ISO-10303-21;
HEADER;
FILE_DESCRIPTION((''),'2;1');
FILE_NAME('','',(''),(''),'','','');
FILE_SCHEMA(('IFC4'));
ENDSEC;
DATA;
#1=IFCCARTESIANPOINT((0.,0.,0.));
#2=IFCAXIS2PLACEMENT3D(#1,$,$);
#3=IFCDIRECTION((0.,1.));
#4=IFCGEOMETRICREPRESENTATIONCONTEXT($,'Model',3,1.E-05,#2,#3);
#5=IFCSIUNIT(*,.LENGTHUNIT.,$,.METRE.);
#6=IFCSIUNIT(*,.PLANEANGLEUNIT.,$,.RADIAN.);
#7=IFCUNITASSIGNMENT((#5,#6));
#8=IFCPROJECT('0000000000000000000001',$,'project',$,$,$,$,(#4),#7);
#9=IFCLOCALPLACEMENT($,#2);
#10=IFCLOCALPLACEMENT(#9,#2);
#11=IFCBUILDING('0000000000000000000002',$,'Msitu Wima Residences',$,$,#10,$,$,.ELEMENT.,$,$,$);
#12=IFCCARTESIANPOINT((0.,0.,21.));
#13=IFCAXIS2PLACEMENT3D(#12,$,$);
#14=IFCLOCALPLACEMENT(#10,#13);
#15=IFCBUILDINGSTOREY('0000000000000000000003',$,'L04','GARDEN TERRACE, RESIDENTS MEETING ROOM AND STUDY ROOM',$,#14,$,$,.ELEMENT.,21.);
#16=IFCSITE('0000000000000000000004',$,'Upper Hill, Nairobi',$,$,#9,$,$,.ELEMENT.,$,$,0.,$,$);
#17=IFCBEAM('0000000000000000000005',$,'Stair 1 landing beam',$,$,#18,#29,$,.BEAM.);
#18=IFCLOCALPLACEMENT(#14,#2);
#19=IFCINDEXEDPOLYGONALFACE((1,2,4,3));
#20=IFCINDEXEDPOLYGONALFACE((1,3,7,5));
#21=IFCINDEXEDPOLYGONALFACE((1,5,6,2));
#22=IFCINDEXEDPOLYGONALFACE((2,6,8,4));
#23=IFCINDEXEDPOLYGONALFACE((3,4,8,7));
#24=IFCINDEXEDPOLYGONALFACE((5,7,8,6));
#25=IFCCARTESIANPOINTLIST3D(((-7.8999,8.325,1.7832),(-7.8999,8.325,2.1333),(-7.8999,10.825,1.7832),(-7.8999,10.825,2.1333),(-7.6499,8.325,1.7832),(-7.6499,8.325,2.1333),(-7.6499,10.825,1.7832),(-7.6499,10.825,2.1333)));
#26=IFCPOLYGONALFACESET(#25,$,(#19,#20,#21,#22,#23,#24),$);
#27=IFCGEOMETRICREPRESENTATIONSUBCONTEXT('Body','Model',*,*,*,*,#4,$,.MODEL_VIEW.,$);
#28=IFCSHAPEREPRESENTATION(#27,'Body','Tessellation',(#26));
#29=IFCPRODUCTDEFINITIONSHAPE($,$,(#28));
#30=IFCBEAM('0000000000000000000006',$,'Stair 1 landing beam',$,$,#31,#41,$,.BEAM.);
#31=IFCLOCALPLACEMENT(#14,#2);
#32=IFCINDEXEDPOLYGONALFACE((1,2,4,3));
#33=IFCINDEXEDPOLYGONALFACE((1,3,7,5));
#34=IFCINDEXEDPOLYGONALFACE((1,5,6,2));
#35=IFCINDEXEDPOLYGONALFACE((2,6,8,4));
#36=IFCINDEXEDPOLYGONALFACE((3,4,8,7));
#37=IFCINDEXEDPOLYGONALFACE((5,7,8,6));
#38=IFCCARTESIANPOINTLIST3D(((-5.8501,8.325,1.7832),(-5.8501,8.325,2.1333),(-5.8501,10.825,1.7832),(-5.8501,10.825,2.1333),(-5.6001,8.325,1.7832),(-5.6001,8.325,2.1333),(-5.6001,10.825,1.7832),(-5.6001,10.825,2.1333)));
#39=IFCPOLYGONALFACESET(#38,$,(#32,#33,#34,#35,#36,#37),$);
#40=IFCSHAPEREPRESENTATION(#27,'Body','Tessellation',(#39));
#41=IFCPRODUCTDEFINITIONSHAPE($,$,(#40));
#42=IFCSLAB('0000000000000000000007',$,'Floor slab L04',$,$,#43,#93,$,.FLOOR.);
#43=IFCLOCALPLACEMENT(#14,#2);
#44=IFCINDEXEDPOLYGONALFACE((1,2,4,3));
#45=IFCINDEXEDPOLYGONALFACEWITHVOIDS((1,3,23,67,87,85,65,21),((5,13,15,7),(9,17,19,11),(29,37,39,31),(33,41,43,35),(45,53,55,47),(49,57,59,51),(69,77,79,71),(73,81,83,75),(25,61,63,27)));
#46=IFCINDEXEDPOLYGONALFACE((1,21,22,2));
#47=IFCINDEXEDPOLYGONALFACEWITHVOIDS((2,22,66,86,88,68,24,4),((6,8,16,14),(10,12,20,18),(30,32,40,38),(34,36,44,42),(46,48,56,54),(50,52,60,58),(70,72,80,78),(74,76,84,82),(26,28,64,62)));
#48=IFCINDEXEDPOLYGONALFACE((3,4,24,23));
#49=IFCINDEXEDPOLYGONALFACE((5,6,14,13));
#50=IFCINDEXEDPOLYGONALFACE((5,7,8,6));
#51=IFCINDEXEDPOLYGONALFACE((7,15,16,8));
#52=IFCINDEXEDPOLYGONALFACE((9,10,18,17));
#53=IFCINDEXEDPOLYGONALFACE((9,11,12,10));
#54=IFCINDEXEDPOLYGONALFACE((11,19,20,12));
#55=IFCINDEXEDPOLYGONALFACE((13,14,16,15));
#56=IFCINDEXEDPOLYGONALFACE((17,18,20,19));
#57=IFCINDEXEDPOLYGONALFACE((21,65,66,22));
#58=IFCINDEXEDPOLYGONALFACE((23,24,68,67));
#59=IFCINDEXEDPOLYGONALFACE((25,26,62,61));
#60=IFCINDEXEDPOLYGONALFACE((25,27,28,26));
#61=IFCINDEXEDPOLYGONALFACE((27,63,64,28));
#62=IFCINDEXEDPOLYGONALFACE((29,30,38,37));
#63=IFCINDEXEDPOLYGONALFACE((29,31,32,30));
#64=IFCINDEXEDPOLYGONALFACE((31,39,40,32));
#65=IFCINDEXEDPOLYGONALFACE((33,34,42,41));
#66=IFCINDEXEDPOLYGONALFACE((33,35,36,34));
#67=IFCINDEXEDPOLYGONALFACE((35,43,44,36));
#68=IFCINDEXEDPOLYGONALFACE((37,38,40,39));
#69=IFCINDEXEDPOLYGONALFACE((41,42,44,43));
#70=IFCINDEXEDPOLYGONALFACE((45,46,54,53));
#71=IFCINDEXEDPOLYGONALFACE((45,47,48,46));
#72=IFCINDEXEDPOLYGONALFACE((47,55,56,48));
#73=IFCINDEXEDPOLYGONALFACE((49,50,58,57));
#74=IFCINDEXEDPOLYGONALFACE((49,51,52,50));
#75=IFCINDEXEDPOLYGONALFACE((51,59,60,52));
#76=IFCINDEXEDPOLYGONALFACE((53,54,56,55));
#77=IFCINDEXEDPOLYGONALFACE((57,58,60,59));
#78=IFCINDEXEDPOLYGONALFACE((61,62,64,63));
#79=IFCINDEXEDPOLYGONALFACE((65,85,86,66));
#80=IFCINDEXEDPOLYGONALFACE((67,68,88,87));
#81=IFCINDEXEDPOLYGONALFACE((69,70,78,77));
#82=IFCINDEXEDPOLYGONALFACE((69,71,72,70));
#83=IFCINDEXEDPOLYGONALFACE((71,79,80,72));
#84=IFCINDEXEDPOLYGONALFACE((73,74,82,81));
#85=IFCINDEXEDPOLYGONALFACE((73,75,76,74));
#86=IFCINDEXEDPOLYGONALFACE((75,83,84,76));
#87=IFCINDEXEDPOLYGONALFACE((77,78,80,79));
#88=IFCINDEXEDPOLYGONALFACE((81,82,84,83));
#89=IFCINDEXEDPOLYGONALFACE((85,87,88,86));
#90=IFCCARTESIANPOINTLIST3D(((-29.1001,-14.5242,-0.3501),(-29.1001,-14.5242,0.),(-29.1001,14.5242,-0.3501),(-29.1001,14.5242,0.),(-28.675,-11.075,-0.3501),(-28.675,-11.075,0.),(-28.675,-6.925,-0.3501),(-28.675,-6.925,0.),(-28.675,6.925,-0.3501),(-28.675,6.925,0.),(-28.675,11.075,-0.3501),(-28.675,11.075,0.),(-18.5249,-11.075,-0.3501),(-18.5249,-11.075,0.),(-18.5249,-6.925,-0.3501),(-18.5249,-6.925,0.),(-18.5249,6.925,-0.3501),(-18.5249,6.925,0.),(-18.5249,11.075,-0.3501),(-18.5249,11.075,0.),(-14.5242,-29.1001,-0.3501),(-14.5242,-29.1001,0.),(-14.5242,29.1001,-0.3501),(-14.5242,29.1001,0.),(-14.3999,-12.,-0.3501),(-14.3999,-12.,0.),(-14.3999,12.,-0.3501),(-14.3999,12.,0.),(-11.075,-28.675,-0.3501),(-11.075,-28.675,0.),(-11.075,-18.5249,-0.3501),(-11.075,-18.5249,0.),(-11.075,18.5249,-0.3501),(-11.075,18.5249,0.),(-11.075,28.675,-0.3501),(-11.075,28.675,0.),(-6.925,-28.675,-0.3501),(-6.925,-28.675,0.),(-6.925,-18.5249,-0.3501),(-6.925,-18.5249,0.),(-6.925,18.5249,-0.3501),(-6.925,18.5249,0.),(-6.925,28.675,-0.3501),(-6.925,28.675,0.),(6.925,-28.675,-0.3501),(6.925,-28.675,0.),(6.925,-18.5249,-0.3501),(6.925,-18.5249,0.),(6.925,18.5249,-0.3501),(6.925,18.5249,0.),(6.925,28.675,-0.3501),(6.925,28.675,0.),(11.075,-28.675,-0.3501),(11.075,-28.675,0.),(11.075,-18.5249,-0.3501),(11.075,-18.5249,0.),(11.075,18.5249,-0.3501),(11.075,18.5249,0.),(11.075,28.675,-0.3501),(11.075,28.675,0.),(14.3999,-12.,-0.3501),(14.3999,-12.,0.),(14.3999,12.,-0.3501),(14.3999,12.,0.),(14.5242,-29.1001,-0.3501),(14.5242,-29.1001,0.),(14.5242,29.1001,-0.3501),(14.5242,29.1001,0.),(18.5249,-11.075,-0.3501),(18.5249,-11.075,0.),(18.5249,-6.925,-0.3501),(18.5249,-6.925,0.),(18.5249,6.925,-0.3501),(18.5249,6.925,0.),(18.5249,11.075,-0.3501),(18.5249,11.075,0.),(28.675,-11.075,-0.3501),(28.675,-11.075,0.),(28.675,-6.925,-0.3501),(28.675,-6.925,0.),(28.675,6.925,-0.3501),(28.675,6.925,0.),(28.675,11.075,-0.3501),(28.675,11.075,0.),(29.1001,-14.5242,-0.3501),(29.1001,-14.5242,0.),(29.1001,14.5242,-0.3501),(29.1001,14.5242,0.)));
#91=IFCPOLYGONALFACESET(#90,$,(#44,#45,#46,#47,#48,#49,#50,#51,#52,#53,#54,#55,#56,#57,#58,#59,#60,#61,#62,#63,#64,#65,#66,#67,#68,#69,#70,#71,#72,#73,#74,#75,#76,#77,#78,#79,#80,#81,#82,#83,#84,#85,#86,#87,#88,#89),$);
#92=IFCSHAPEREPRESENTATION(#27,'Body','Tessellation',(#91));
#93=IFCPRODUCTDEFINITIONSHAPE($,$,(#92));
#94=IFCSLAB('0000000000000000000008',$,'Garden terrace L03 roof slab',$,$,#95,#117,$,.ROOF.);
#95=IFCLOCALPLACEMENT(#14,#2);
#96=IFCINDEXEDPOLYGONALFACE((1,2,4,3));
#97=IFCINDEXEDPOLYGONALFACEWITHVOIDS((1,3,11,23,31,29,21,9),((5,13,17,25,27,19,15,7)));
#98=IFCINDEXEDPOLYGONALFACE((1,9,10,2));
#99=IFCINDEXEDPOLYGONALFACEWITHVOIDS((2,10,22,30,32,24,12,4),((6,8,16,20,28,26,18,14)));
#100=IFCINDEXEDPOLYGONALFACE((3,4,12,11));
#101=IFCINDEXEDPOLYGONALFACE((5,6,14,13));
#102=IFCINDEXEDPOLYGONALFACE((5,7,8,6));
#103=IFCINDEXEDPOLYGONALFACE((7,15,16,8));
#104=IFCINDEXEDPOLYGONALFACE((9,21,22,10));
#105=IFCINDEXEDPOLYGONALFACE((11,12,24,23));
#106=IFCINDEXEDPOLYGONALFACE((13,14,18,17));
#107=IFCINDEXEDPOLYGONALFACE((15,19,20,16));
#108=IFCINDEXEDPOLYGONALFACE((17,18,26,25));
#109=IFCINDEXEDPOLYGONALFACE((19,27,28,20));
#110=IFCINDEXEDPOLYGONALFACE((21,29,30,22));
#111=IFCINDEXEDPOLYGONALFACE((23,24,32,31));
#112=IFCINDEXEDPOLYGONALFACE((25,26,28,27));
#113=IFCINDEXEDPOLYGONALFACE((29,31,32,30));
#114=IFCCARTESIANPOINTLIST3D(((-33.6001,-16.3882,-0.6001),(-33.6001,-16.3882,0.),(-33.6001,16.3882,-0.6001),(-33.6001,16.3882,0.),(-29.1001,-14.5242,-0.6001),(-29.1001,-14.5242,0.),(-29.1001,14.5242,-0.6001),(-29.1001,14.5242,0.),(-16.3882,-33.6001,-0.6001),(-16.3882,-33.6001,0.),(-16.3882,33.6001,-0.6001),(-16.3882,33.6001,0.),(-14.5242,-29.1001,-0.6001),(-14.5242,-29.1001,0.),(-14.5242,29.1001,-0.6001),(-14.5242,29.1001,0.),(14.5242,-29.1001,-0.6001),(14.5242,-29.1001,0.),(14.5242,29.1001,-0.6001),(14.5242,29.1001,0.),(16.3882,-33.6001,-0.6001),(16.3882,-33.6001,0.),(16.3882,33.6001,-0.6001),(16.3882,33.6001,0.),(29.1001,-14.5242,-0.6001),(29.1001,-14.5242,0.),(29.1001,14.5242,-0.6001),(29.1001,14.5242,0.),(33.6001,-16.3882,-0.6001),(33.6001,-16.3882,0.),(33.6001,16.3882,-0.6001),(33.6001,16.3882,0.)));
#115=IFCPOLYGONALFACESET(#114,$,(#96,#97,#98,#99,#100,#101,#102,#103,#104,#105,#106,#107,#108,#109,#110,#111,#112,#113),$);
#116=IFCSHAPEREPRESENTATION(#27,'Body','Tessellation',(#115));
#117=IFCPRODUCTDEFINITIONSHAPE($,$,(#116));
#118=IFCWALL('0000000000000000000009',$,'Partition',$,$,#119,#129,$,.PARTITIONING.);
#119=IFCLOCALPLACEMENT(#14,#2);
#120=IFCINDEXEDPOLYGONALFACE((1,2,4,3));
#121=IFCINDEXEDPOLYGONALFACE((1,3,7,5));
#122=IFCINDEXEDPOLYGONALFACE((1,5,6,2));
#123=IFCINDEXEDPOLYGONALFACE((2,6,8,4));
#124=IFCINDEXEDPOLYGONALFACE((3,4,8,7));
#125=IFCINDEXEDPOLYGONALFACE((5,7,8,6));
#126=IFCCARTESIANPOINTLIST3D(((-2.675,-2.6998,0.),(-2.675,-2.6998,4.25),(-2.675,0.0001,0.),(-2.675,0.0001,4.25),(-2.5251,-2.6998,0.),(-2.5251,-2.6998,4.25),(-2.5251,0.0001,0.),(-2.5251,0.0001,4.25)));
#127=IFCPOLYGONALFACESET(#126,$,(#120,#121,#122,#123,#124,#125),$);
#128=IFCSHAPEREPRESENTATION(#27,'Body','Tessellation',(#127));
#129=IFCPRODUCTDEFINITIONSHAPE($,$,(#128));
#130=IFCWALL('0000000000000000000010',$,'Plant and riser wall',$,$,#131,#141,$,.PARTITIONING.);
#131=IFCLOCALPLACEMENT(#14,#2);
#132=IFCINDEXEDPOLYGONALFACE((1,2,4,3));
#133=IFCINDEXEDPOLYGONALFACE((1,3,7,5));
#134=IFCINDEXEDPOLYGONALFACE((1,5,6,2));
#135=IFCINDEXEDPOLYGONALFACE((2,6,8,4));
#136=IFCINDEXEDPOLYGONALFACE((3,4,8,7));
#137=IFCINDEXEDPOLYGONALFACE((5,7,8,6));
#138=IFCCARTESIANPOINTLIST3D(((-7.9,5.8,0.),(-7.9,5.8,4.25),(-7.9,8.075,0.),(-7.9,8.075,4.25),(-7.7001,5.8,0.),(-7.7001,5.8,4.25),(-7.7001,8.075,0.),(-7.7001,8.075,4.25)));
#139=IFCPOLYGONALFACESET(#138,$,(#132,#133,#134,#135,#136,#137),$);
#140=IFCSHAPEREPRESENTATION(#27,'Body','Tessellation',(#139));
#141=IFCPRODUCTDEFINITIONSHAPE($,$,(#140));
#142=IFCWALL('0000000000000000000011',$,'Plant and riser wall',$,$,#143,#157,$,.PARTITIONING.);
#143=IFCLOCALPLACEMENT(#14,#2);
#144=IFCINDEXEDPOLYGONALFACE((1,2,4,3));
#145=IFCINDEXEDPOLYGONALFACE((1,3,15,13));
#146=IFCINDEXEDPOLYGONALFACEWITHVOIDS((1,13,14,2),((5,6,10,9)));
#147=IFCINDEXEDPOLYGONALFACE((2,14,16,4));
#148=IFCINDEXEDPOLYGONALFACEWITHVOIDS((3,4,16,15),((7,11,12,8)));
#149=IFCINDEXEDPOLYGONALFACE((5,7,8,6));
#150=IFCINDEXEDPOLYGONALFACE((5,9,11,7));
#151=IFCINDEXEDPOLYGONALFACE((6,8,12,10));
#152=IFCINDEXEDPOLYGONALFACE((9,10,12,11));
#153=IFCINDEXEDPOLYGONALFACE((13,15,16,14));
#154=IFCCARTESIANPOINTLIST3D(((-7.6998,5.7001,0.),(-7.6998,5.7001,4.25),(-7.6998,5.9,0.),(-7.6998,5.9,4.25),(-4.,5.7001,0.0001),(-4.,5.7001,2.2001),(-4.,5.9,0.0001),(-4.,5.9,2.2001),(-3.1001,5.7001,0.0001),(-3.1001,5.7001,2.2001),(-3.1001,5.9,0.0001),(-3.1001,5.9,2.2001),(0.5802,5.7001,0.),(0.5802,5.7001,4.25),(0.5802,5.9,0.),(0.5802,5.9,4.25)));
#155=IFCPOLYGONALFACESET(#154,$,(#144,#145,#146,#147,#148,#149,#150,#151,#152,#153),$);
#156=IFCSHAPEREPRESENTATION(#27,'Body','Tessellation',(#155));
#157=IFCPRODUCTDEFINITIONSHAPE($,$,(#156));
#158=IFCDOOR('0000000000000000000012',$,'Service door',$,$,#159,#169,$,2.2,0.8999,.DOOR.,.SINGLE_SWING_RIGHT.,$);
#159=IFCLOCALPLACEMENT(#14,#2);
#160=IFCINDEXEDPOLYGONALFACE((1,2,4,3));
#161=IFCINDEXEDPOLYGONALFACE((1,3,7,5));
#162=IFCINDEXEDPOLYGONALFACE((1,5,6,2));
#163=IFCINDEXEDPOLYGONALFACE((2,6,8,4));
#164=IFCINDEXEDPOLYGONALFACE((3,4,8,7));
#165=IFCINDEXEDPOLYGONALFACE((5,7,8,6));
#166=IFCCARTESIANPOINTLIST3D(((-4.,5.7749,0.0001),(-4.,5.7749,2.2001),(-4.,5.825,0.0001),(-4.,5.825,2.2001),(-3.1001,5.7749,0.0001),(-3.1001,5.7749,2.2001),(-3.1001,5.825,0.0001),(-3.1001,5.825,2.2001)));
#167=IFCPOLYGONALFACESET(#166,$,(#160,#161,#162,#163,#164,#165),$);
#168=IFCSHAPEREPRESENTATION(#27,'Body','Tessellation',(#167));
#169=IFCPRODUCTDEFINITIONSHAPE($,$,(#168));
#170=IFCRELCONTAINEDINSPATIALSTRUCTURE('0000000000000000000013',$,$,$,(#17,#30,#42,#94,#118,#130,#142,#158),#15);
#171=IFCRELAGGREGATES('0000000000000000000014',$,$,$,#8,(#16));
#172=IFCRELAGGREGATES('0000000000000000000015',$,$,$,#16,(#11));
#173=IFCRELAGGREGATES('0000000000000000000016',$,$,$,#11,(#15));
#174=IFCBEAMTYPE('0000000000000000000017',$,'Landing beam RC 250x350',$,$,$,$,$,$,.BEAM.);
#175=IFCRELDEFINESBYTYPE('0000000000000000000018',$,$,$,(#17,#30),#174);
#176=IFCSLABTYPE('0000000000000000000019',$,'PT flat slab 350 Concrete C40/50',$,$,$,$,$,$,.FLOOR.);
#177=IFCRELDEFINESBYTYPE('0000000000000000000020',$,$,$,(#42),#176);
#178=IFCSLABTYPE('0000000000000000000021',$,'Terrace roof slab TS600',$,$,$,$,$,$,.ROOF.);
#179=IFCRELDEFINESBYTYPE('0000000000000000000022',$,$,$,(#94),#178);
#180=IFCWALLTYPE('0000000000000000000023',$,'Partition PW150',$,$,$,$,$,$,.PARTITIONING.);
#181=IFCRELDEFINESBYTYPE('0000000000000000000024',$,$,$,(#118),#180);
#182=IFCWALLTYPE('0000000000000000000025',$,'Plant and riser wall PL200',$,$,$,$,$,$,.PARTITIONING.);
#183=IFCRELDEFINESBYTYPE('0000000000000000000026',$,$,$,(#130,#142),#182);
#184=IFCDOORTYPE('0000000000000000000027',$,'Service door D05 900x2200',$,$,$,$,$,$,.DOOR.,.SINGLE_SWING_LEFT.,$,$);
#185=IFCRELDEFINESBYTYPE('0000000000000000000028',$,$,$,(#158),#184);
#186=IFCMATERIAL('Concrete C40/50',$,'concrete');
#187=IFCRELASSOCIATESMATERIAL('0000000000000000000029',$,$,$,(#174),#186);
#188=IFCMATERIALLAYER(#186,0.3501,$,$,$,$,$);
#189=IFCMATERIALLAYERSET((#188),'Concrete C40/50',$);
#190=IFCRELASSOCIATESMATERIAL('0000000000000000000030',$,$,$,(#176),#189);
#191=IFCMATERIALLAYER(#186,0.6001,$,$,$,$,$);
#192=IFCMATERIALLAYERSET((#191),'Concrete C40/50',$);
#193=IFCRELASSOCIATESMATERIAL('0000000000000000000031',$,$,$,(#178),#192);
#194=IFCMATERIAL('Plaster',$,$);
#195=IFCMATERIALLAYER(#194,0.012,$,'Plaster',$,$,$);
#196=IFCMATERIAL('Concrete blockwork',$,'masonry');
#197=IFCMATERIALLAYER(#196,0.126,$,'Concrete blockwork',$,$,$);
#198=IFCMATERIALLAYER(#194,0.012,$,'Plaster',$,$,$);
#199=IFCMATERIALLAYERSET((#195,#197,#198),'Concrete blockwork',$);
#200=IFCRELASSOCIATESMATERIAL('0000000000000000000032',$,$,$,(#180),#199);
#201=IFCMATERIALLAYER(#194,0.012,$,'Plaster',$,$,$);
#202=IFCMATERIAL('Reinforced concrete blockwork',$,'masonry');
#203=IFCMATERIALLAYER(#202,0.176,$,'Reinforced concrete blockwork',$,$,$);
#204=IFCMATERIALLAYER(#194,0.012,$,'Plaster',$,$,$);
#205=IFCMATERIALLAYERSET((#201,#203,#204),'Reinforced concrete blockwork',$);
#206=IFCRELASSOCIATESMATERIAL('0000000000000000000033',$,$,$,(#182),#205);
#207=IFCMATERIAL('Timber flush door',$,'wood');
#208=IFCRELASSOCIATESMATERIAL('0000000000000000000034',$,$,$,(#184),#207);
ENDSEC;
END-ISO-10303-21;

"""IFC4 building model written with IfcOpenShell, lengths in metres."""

from ifc_helpers import new_model, si_unit, direction, frame, frame_2d, origin, origin_2d, place, context, subcontext, project, spatial, polyline, rectangle, outline, extrude, material, layer, layer_set, material_profile, profile_set, type_object, element, fill, save


model = new_model("IFC4")

# Units and contexts
model_context = context("Model", 3, precision=1e-05, world=origin(), true_north=direction((0.0, 1.0)))
body_context = subcontext(model_context, "Body", "Model", "MODEL_VIEW")
ifc_project = project(units=[si_unit("LENGTHUNIT", "METRE"), si_unit("PLANEANGLEUNIT", "RADIAN")], contexts=[model_context])

# Site, building, storey
site_placement = place(None, origin())
site = spatial("IfcSite", under=ifc_project, at=site_placement, Name="Upper Hill, Nairobi", CompositionType="ELEMENT", RefElevation=0.0)
building_placement = place(site_placement, origin())
building = spatial("IfcBuilding", under=site, at=building_placement, Name="Msitu Wima Residences", CompositionType="ELEMENT")
storey_placement = place(building_placement, frame((0.0, 0.0, 21.0)))
storey = spatial("IfcBuildingStorey", under=building, at=storey_placement, Name="L04", Description="GARDEN TERRACE, RESIDENTS MEETING ROOM AND STUDY ROOM", CompositionType="ELEMENT", Elevation=21.0)

# Beams
ifc_material_1 = material(Name="Concrete C40/50", Category="concrete")
ifc_material_profile = material_profile(ifc_material_1, rectangle(XDim=0.25, YDim=0.3501, at=origin_2d()), Name="RC 250x350")
ifc_profile_set = profile_set([ifc_material_profile], Name="Concrete C40/50")
beam_type = type_object("IfcBeamType", Name="Landing beam RC 250x350", PredefinedType="BEAM", material=ifc_profile_set)
for number, where, z_axis, x_axis, name in (
    (1, (-7.7749, 8.325, 1.9583), (0.0, 1.0, 0.0), (-1.0, 0.0, 0.0), "Stair 1 landing beam"),
    (2, (-5.7251, 8.325, 1.9583), (0.0, 1.0, 0.0), (-1.0, 0.0, 0.0), "Stair 1 landing beam"),
):
    element("IfcBeam", number, at=place(storey_placement, frame(where, z_axis=z_axis, x_axis=x_axis)), inside=storey, type_object=beam_type, Name=name, PredefinedType="BEAM", context=body_context, shape_type="SweptSolid", body=[
        extrude(rectangle(XDim=0.25, YDim=0.3501, at=origin_2d()), origin(), (0.0, 0.0, 1.0), 2.5),
    ])

# Slabs
ifc_layer_1 = layer(ifc_material_1, 0.3501)
ifc_layer_set_1 = layer_set([ifc_layer_1], Name="Concrete C40/50")
slab_type_1 = type_object("IfcSlabType", Name="PT flat slab 350 Concrete C40/50", PredefinedType="FLOOR", material=ifc_layer_set_1)
slab_1_placement = place(storey_placement, frame((0.0, 0.0, -0.3501)))
element("IfcSlab", 3, at=slab_1_placement, inside=storey, type_object=slab_type_1, Name="Floor slab L04", PredefinedType="FLOOR", context=body_context, shape_type="SweptSolid", body=[
    extrude(outline(polyline([(29.1001, -14.5242), (14.5242, -29.1001), (-14.5242, -29.1001), (-29.1001, -14.5242), (-29.1001, 14.5242), (-14.5242, 29.1001), (14.5242, 29.1001), (29.1001, 14.5242), (29.1001, -14.5242)]), holes=[polyline([(-14.3999, -12.0), (14.3999, -12.0), (14.3999, 12.0), (-14.3999, 12.0), (-14.3999, -12.0)]), polyline([(18.5249, 11.075), (28.675, 11.075), (28.675, 6.925), (18.5249, 6.925), (18.5249, 11.075)]), polyline([(28.675, -6.925), (28.675, -11.075), (18.5249, -11.075), (18.5249, -6.925), (28.675, -6.925)]), polyline([(-11.075, 18.5249), (-11.075, 28.675), (-6.925, 28.675), (-6.925, 18.5249), (-11.075, 18.5249)]), polyline([(6.925, 28.675), (11.075, 28.675), (11.075, 18.5249), (6.925, 18.5249), (6.925, 28.675)]), polyline([(-18.5249, -11.075), (-28.675, -11.075), (-28.675, -6.925), (-18.5249, -6.925), (-18.5249, -11.075)]), polyline([(-28.675, 6.925), (-28.675, 11.075), (-18.5249, 11.075), (-18.5249, 6.925), (-28.675, 6.925)]), polyline([(11.075, -18.5249), (11.075, -28.675), (6.925, -28.675), (6.925, -18.5249), (11.075, -18.5249)]), polyline([(-6.925, -28.675), (-11.075, -28.675), (-11.075, -18.5249), (-6.925, -18.5249), (-6.925, -28.675)])]), origin(), (0.0, 0.0, 1.0), 0.3501),
])
ifc_layer_2 = layer(ifc_material_1, 0.6001)
ifc_layer_set_2 = layer_set([ifc_layer_2], Name="Concrete C40/50")
slab_type_2 = type_object("IfcSlabType", Name="Terrace roof slab TS600", PredefinedType="ROOF", material=ifc_layer_set_2)
slab_2_placement = place(storey_placement, frame((0.0, 0.0, -0.6001)))
element("IfcSlab", 4, at=slab_2_placement, inside=storey, type_object=slab_type_2, Name="Garden terrace L03 roof slab", PredefinedType="ROOF", context=body_context, shape_type="SweptSolid", body=[
    extrude(outline(polyline([(16.3882, -33.6001), (-16.3882, -33.6001), (-33.6001, -16.3882), (-33.6001, 16.3882), (-16.3882, 33.6001), (16.3882, 33.6001), (33.6001, 16.3882), (33.6001, -16.3882), (16.3882, -33.6001)]), holes=[polyline([(29.1001, 14.5242), (14.5242, 29.1001), (-14.5242, 29.1001), (-29.1001, 14.5242), (-29.1001, -14.5242), (-14.5242, -29.1001), (14.5242, -29.1001), (29.1001, -14.5242), (29.1001, 14.5242)])]), origin(), (0.0, 0.0, 1.0), 0.6001),
])

# Shared definitions
ifc_material_2 = material(Name="Plaster")
ifc_material_3 = material(Name="Concrete blockwork", Category="masonry")

# Walls
ifc_layer_3 = layer(ifc_material_2, 0.012, Name="Plaster")
ifc_layer_4 = layer(ifc_material_3, 0.126, Name="Concrete blockwork")
ifc_layer_5 = layer(ifc_material_2, 0.012, Name="Plaster")
ifc_layer_set_3 = layer_set([ifc_layer_3, ifc_layer_4, ifc_layer_5], Name="Concrete blockwork")
wall_type_1 = type_object("IfcWallType", Name="Partition PW150", PredefinedType="PARTITIONING", material=ifc_layer_set_3)
wall_1_placement = place(storey_placement, frame((-2.6001, -2.7, 0.0), z_axis=(0.0, 0.0, 1.0), x_axis=(0.0, 1.0, 0.0)))
element("IfcWall", 5, at=wall_1_placement, inside=storey, type_object=wall_type_1, Name="Partition", PredefinedType="PARTITIONING", context=body_context, shape_type="SweptSolid", body=[
    extrude(rectangle(XDim=2.7, YDim=0.1499, at=frame_2d((1.3501, 0.0))), origin(), (0.0, 0.0, 1.0), 4.25),
])
ifc_layer_6 = layer(ifc_material_2, 0.012, Name="Plaster")
ifc_material_4 = material(Name="Reinforced concrete blockwork", Category="masonry")
ifc_layer_7 = layer(ifc_material_4, 0.176, Name="Reinforced concrete blockwork")
ifc_layer_8 = layer(ifc_material_2, 0.012, Name="Plaster")
ifc_layer_set_4 = layer_set([ifc_layer_6, ifc_layer_7, ifc_layer_8], Name="Reinforced concrete blockwork")
wall_type_2 = type_object("IfcWallType", Name="Plant and riser wall PL200", PredefinedType="PARTITIONING", material=ifc_layer_set_4)
wall_2_placement = place(storey_placement, frame((-7.8, 5.8, 0.0), z_axis=(0.0, 0.0, 1.0), x_axis=(0.0, 1.0, 0.0)))
element("IfcWall", 6, at=wall_2_placement, inside=storey, type_object=wall_type_2, Name="Plant and riser wall", PredefinedType="PARTITIONING", context=body_context, shape_type="SweptSolid", body=[
    extrude(rectangle(XDim=2.2749, YDim=0.2, at=frame_2d((1.1375, 0.0))), origin(), (0.0, 0.0, 1.0), 4.25),
])

# Wall, opening, door
wall_3_placement = place(storey_placement, frame((-7.7, 5.8, 0.0), z_axis=(0.0, 0.0, 1.0), x_axis=(1.0, 0.0, 0.0)))
wall_3 = element("IfcWall", 7, at=wall_3_placement, inside=storey, type_object=wall_type_2, Name="Plant and riser wall", PredefinedType="PARTITIONING", context=body_context, shape_type="SweptSolid", body=[
    extrude(rectangle(XDim=8.28, YDim=0.2, at=frame_2d((4.1401, 0.0))), origin(), (0.0, 0.0, 1.0), 4.25),
])
opening_1_placement = place(wall_3_placement, frame((3.7, 0.0, 0.0)))
opening_1 = element("IfcOpeningElement", 8, at=opening_1_placement, cuts=wall_3, PredefinedType="OPENING", context=body_context, shape_type="SweptSolid", body=[
    extrude(rectangle(XDim=0.8999, YDim=2.2, at=frame_2d((0.45, 1.1001))), frame((0.0, 0.1099, 0.0), z_axis=(0.0, -1.0, 0.0), x_axis=(1.0, 0.0, 0.0)), (0.0, 0.0, 1.0), 0.22),
])
ifc_material_5 = material(Name="Timber flush door", Category="wood")
door_type_1 = type_object("IfcDoorType", Name="Service door D05 900x2200", OperationType="SINGLE_SWING_LEFT", PredefinedType="DOOR", material=ifc_material_5)
door_1_placement = place(opening_1_placement, origin())
door_1 = element("IfcDoor", 9, at=door_1_placement, inside=storey, type_object=door_type_1, Name="Service door", OperationType="SINGLE_SWING_RIGHT", OverallHeight=2.2, OverallWidth=0.8999, PredefinedType="DOOR", context=body_context, shape_type="SweptSolid", body=[
    extrude(rectangle(XDim=0.8999, YDim=2.2, at=frame_2d((0.45, 1.1001))), frame((0.0, 0.0249, 0.0), z_axis=(0.0, -1.0, 0.0), x_axis=(1.0, 0.0, 0.0)), (0.0, 0.0, 1.0), 0.05),
])
fill(opening_1, door_1)

save(model, "model.ifc")
